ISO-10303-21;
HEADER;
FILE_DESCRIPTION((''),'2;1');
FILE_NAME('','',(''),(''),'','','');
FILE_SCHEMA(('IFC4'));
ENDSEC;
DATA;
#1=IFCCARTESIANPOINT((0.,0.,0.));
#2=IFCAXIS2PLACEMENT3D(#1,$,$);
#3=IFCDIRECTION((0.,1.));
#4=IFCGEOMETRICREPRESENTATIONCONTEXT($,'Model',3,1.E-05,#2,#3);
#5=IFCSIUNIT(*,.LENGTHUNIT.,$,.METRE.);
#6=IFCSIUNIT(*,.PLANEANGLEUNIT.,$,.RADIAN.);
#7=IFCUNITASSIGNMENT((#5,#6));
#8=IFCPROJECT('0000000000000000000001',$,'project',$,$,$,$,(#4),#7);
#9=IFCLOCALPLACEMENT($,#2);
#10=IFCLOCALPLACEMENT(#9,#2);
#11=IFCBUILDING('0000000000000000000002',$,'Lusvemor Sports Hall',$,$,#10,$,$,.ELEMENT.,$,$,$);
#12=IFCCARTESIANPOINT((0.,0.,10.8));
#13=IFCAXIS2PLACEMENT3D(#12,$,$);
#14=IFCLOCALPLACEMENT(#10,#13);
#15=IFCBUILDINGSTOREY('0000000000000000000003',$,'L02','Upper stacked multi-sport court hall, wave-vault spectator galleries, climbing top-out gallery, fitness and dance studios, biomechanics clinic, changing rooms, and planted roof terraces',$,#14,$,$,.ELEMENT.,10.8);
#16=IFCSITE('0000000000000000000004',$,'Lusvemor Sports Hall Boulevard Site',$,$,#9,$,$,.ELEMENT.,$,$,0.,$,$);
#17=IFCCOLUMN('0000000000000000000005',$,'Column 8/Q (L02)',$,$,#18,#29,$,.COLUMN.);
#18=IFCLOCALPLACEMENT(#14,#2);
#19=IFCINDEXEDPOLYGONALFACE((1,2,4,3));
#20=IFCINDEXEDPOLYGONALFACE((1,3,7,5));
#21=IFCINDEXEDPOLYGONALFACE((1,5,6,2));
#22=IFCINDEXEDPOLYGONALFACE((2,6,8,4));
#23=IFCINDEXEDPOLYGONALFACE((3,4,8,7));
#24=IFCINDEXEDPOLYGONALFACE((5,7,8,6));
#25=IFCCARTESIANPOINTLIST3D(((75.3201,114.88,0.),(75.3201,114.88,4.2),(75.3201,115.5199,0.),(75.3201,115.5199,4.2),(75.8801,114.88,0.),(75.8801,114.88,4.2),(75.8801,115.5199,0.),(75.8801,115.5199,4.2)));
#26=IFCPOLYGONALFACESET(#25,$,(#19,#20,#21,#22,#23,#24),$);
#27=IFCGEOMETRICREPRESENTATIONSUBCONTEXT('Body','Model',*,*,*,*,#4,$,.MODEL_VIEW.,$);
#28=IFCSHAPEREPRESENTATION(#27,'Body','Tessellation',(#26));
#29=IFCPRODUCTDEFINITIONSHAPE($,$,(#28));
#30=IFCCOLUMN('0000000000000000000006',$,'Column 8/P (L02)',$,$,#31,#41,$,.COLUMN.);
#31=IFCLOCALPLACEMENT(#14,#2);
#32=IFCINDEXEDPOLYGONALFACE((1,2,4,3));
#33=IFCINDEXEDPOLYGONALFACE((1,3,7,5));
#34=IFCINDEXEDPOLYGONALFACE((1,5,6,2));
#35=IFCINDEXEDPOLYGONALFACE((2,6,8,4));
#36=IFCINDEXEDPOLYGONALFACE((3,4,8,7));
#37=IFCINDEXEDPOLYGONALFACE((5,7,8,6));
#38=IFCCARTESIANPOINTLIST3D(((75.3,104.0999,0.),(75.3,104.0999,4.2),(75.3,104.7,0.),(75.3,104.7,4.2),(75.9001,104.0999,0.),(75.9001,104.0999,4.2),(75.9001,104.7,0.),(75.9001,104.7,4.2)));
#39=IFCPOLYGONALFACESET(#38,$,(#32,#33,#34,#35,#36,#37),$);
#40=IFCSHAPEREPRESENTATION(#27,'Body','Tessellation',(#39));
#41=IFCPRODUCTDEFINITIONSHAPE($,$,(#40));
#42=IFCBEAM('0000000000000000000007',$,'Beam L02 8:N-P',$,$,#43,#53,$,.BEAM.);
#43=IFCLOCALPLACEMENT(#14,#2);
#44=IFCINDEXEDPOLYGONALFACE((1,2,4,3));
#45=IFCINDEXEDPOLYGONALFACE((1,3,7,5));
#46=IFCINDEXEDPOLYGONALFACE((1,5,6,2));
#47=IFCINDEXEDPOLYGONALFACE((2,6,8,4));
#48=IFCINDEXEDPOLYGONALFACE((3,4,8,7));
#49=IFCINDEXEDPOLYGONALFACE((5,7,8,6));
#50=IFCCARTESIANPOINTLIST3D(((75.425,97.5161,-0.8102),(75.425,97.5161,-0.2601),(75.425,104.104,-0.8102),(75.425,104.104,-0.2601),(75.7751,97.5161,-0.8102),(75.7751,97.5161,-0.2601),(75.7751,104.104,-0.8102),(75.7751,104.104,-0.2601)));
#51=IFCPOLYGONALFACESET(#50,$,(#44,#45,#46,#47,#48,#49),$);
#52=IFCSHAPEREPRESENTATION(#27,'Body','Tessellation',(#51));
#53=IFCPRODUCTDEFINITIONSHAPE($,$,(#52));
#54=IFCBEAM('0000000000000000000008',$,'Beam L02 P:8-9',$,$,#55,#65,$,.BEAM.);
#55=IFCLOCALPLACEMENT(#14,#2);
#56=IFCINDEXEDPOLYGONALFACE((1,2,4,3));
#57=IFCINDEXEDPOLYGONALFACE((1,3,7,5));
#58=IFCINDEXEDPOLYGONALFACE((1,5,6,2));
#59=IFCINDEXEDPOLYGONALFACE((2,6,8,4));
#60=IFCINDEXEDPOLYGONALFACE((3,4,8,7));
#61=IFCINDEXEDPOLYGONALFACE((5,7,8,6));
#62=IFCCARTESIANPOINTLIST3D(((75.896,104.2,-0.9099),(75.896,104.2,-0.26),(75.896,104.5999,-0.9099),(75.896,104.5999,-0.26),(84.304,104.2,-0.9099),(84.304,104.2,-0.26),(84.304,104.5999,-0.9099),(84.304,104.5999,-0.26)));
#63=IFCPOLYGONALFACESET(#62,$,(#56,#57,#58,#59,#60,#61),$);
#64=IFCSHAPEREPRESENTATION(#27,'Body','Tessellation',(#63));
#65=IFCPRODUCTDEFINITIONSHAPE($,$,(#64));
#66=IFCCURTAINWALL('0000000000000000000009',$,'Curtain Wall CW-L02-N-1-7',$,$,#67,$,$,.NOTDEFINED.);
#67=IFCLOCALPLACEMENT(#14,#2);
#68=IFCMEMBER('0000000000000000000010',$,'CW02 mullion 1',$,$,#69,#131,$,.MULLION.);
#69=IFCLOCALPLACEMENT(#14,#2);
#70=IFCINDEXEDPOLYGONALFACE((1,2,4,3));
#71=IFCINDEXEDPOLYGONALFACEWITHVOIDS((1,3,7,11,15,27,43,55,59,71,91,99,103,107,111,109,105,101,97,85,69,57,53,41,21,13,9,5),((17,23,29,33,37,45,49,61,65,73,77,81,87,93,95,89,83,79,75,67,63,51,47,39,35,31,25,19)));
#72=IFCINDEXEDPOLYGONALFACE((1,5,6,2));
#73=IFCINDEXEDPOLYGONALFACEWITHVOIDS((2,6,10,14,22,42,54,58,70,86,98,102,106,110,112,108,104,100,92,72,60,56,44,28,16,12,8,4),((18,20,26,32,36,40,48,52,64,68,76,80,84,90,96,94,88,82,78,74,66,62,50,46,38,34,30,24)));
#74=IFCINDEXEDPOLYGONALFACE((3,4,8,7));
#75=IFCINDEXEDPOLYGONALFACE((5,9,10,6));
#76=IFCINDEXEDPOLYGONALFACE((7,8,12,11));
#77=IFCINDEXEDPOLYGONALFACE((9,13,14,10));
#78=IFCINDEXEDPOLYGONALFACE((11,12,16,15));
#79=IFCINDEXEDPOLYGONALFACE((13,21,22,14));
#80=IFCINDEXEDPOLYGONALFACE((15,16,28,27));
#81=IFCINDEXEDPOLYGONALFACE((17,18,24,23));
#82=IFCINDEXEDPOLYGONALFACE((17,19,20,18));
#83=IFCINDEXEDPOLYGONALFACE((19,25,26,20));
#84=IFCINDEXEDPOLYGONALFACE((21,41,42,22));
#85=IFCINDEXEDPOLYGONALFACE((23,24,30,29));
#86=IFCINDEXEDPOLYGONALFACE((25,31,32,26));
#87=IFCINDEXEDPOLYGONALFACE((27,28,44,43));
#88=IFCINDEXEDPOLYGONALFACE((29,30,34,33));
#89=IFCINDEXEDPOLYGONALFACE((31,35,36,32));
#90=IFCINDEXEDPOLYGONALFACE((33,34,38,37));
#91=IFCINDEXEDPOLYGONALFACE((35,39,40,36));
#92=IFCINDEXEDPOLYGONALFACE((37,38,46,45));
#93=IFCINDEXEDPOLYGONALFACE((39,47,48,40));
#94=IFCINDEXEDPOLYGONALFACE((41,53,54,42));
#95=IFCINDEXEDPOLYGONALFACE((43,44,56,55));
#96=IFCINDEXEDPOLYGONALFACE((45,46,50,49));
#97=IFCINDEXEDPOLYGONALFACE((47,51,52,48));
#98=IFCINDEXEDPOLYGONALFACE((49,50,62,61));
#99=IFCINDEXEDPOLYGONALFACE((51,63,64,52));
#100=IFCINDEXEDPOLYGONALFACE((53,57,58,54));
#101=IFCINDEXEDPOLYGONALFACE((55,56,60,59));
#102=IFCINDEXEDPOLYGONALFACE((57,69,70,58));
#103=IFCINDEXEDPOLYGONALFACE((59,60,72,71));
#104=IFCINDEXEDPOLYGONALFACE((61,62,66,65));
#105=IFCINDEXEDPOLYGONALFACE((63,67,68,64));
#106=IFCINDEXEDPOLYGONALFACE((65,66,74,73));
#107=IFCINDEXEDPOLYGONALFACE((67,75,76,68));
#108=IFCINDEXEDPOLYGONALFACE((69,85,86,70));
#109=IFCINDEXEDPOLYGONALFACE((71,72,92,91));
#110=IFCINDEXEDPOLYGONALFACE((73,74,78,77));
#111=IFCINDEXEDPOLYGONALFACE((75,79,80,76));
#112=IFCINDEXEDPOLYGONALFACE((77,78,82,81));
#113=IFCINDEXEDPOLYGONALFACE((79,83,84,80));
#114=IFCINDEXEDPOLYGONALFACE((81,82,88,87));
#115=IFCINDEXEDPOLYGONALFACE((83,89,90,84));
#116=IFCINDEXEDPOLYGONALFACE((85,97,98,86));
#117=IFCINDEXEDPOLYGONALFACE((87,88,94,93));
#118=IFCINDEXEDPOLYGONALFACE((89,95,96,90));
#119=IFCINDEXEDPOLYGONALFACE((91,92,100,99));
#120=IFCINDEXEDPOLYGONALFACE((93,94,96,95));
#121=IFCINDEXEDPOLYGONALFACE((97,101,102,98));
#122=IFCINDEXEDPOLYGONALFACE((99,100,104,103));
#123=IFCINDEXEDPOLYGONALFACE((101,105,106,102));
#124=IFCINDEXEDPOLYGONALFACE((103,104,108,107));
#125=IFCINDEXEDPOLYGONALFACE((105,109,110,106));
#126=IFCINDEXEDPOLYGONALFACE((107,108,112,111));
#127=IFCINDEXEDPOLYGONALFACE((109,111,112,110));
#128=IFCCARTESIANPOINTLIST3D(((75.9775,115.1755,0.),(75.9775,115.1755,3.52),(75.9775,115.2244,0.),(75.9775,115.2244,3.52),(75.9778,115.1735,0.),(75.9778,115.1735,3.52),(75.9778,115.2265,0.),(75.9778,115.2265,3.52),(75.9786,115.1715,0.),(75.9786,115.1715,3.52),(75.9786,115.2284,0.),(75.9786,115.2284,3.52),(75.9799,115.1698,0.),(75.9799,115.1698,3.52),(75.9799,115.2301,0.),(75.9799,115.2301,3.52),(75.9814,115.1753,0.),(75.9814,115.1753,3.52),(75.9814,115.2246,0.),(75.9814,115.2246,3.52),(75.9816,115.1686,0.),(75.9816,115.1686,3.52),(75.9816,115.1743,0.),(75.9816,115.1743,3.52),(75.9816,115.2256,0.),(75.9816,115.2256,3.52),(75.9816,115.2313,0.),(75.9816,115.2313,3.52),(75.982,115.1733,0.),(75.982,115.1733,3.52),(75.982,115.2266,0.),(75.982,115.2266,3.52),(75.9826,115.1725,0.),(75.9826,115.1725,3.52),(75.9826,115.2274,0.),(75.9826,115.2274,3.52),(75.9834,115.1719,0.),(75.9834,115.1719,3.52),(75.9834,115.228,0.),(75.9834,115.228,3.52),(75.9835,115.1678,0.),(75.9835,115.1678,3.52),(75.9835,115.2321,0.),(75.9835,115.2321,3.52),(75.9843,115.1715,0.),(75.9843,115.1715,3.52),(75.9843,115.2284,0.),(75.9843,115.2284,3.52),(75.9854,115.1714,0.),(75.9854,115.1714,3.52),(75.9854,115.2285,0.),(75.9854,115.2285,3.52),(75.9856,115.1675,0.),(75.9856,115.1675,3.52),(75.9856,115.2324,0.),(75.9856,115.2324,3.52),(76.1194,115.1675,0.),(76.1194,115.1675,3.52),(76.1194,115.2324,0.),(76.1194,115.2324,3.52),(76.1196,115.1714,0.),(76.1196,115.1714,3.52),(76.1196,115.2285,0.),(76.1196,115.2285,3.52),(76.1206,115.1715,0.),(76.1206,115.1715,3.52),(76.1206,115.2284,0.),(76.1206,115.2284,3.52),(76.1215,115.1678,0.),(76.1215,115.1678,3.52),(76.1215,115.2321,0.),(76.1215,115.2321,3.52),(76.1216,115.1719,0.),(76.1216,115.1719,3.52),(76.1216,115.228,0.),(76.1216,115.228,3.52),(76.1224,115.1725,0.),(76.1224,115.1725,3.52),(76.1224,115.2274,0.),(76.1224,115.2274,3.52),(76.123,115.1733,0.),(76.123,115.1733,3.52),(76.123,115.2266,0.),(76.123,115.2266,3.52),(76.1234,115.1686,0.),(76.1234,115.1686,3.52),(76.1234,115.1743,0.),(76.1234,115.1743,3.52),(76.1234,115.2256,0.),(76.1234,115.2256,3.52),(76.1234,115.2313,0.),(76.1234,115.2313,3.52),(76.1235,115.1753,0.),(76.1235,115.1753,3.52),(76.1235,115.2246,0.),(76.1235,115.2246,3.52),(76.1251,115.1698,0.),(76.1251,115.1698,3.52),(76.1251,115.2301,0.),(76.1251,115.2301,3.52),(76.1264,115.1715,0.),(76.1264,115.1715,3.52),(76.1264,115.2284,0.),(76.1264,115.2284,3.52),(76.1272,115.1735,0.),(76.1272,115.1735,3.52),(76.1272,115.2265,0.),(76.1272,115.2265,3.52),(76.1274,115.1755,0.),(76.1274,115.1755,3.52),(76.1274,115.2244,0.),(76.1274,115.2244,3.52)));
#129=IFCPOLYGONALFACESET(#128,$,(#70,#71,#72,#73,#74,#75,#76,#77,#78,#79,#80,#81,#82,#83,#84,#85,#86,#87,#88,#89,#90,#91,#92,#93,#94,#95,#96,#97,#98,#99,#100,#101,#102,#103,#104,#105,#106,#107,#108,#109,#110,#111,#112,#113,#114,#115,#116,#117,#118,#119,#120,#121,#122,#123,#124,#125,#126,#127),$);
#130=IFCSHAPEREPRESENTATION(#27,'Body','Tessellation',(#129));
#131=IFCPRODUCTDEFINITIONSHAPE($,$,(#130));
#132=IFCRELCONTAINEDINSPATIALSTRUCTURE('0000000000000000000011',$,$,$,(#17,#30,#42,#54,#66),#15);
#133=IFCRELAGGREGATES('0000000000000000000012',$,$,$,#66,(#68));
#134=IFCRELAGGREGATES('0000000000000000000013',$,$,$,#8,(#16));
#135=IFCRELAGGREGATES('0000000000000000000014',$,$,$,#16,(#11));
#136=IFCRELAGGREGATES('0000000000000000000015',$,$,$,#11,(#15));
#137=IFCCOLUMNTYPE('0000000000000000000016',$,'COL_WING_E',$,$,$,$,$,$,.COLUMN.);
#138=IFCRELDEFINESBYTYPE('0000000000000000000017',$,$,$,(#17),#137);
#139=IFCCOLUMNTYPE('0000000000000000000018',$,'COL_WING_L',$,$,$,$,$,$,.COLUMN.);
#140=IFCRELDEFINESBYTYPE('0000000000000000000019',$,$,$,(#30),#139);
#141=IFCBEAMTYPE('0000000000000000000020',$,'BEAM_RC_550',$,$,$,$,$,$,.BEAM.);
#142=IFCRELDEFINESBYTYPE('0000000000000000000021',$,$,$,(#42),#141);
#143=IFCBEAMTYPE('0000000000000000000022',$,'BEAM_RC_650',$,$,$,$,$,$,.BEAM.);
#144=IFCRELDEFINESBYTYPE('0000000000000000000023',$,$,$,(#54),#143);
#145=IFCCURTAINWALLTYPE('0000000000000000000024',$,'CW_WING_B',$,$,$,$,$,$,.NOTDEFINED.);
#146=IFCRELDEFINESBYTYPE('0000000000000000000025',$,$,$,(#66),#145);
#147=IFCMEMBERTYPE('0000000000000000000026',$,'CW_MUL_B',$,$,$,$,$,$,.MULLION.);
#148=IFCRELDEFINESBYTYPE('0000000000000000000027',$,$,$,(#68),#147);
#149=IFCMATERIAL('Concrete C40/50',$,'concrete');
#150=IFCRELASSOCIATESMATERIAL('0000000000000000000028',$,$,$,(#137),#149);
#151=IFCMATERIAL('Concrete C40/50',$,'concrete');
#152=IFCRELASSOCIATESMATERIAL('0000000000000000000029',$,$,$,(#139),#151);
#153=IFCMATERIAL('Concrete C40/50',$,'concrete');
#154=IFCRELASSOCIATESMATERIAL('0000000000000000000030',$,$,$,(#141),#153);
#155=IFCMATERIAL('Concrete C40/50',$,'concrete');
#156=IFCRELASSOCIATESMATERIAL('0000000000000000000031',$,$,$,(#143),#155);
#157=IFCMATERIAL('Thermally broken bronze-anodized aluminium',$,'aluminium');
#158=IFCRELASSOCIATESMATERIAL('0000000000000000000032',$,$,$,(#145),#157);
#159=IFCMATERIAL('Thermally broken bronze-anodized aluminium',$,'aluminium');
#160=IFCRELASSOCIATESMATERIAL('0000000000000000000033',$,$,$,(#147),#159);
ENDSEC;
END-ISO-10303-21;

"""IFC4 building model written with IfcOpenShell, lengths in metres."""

from ifc_helpers import new_model, si_unit, direction, frame, origin, origin_2d, place, context, subcontext, project, spatial, rectangle, hollow_rectangle, extrude, material, material_profile, profile_set, type_object, element, aggregate, save


model = new_model("IFC4")

# Units and contexts
model_context = context("Model", 3, precision=1e-05, world=origin(), true_north=direction((0.0, 1.0)))
body_context = subcontext(model_context, "Body", "Model", "MODEL_VIEW")
ifc_project = project(units=[si_unit("LENGTHUNIT", "METRE"), si_unit("PLANEANGLEUNIT", "RADIAN")], contexts=[model_context])

# Site, building, storey
site_placement = place(None, origin())
site = spatial("IfcSite", under=ifc_project, at=site_placement, Name="Lusvemor Sports Hall Boulevard Site", CompositionType="ELEMENT", RefElevation=0.0)
building_placement = place(site_placement, origin())
building = spatial("IfcBuilding", under=site, at=building_placement, Name="Lusvemor Sports Hall", CompositionType="ELEMENT")
storey_placement = place(building_placement, frame((0.0, 0.0, 10.8)))
storey = spatial("IfcBuildingStorey", under=building, at=storey_placement, Name="L02", Description="Upper stacked multi-sport court hall, wave-vault spectator galleries, climbing top-out gallery, fitness and dance studios, biomechanics clinic, changing rooms, and planted roof terraces", CompositionType="ELEMENT", Elevation=10.8)

# Columns
ifc_material_1 = material(Name="Concrete C40/50", Category="concrete")
ifc_material_profile_1 = material_profile(ifc_material_1, rectangle(XDim=0.5601, YDim=0.6399, at=origin_2d()), Name="RC560x640")
ifc_profile_set_1 = profile_set([ifc_material_profile_1], Name="Concrete C40/50")
column_type_1 = type_object("IfcColumnType", Name="COL_WING_E", PredefinedType="COLUMN", material=ifc_profile_set_1)
column_1_placement = place(storey_placement, frame((75.6001, 115.2, 0.0), z_axis=(0.0, 0.0, 1.0), x_axis=(1.0, 0.0, 0.0)))
element("IfcColumn", 1, at=column_1_placement, inside=storey, type_object=column_type_1, Name="Column 8/Q (L02)", PredefinedType="COLUMN", context=body_context, shape_type="SweptSolid", body=[
    extrude(rectangle(XDim=0.5601, YDim=0.6399, at=origin_2d()), origin(), (0.0, 0.0, 1.0), 4.2),
])
ifc_material_2 = material(Name="Concrete C40/50", Category="concrete")
ifc_material_profile_2 = material_profile(ifc_material_2, rectangle(XDim=0.6001, YDim=0.6001, at=origin_2d()), Name="RC600x600")
ifc_profile_set_2 = profile_set([ifc_material_profile_2], Name="Concrete C40/50")
column_type_2 = type_object("IfcColumnType", Name="COL_WING_L", PredefinedType="COLUMN", material=ifc_profile_set_2)
column_2_placement = place(storey_placement, frame((75.6001, 104.3999, 0.0), z_axis=(0.0, 0.0, 1.0), x_axis=(1.0, 0.0, 0.0)))
element("IfcColumn", 2, at=column_2_placement, inside=storey, type_object=column_type_2, Name="Column 8/P (L02)", PredefinedType="COLUMN", context=body_context, shape_type="SweptSolid", body=[
    extrude(rectangle(XDim=0.6001, YDim=0.6001, at=origin_2d()), origin(), (0.0, 0.0, 1.0), 4.2),
])

# Beams
ifc_material_3 = material(Name="Concrete C40/50", Category="concrete")
ifc_material_profile_3 = material_profile(ifc_material_3, rectangle(XDim=0.3501, YDim=0.55, at=origin_2d()), Name="RC350x550")
ifc_profile_set_3 = profile_set([ifc_material_profile_3], Name="Concrete C40/50")
beam_type_1 = type_object("IfcBeamType", Name="BEAM_RC_550", PredefinedType="BEAM", material=ifc_profile_set_3)
beam_1_placement = place(storey_placement, frame((75.6001, 97.5161, -0.5352), z_axis=(0.0, 1.0, 0.0), x_axis=(-1.0, 0.0, 0.0)))
element("IfcBeam", 3, at=beam_1_placement, inside=storey, type_object=beam_type_1, Name="Beam L02 8:N-P", PredefinedType="BEAM", context=body_context, shape_type="SweptSolid", body=[
    extrude(rectangle(XDim=0.3501, YDim=0.55, at=origin_2d()), origin(), (0.0, 0.0, 1.0), 6.5879),
])
ifc_material_4 = material(Name="Concrete C40/50", Category="concrete")
ifc_material_profile_4 = material_profile(ifc_material_4, rectangle(XDim=0.3999, YDim=0.6499, at=origin_2d()), Name="RC400x650")
ifc_profile_set_4 = profile_set([ifc_material_profile_4], Name="Concrete C40/50")
beam_type_2 = type_object("IfcBeamType", Name="BEAM_RC_650", PredefinedType="BEAM", material=ifc_profile_set_4)
beam_2_placement = place(storey_placement, frame((75.896, 104.3999, -0.585), z_axis=(1.0, 0.0, 0.0), x_axis=(0.0, 1.0, 0.0)))
element("IfcBeam", 4, at=beam_2_placement, inside=storey, type_object=beam_type_2, Name="Beam L02 P:8-9", PredefinedType="BEAM", context=body_context, shape_type="SweptSolid", body=[
    extrude(rectangle(XDim=0.3999, YDim=0.6499, at=origin_2d()), origin(), (0.0, 0.0, 1.0), 8.408),
])

# Curtain wall, member
ifc_material_5 = material(Name="Thermally broken bronze-anodized aluminium", Category="aluminium")
curtain_wall_type = type_object("IfcCurtainWallType", Name="CW_WING_B", PredefinedType="NOTDEFINED", material=ifc_material_5)
curtain_wall_1_placement = place(storey_placement, origin())
curtain_wall_1 = element("IfcCurtainWall", 5, at=curtain_wall_1_placement, inside=storey, type_object=curtain_wall_type, Name="Curtain Wall CW-L02-N-1-7", PredefinedType="NOTDEFINED")
ifc_material_6 = material(Name="Thermally broken bronze-anodized aluminium", Category="aluminium")
ifc_material_profile_5 = material_profile(ifc_material_6, hollow_rectangle(XDim=0.0649, YDim=0.1499, WallThickness=0.0039, InnerFilletRadius=0.0039, OuterFilletRadius=0.0081, at=origin_2d()), Name="CWMUL150x65x4")
ifc_profile_set_5 = profile_set([ifc_material_profile_5], Name="Thermally broken bronze-anodized aluminium")
member_type_1 = type_object("IfcMemberType", Name="CW_MUL_B", PredefinedType="MULLION", material=ifc_profile_set_5)
member_1_placement = place(storey_placement, frame((76.0525, 115.2, 0.0), z_axis=(0.0, 0.0, 1.0), x_axis=(0.0, 1.0, 0.0)))
member_1 = element("IfcMember", 6, at=member_1_placement, type_object=member_type_1, Name="CW02 mullion 1", PredefinedType="MULLION", context=body_context, shape_type="SweptSolid", body=[
    extrude(hollow_rectangle(XDim=0.0649, YDim=0.1499, WallThickness=0.0039, InnerFilletRadius=0.0039, OuterFilletRadius=0.0081, at=origin_2d()), origin(), (0.0, 0.0, 1.0), 3.52),
])
aggregate(curtain_wall_1, [member_1])

save(model, "model.ifc")
